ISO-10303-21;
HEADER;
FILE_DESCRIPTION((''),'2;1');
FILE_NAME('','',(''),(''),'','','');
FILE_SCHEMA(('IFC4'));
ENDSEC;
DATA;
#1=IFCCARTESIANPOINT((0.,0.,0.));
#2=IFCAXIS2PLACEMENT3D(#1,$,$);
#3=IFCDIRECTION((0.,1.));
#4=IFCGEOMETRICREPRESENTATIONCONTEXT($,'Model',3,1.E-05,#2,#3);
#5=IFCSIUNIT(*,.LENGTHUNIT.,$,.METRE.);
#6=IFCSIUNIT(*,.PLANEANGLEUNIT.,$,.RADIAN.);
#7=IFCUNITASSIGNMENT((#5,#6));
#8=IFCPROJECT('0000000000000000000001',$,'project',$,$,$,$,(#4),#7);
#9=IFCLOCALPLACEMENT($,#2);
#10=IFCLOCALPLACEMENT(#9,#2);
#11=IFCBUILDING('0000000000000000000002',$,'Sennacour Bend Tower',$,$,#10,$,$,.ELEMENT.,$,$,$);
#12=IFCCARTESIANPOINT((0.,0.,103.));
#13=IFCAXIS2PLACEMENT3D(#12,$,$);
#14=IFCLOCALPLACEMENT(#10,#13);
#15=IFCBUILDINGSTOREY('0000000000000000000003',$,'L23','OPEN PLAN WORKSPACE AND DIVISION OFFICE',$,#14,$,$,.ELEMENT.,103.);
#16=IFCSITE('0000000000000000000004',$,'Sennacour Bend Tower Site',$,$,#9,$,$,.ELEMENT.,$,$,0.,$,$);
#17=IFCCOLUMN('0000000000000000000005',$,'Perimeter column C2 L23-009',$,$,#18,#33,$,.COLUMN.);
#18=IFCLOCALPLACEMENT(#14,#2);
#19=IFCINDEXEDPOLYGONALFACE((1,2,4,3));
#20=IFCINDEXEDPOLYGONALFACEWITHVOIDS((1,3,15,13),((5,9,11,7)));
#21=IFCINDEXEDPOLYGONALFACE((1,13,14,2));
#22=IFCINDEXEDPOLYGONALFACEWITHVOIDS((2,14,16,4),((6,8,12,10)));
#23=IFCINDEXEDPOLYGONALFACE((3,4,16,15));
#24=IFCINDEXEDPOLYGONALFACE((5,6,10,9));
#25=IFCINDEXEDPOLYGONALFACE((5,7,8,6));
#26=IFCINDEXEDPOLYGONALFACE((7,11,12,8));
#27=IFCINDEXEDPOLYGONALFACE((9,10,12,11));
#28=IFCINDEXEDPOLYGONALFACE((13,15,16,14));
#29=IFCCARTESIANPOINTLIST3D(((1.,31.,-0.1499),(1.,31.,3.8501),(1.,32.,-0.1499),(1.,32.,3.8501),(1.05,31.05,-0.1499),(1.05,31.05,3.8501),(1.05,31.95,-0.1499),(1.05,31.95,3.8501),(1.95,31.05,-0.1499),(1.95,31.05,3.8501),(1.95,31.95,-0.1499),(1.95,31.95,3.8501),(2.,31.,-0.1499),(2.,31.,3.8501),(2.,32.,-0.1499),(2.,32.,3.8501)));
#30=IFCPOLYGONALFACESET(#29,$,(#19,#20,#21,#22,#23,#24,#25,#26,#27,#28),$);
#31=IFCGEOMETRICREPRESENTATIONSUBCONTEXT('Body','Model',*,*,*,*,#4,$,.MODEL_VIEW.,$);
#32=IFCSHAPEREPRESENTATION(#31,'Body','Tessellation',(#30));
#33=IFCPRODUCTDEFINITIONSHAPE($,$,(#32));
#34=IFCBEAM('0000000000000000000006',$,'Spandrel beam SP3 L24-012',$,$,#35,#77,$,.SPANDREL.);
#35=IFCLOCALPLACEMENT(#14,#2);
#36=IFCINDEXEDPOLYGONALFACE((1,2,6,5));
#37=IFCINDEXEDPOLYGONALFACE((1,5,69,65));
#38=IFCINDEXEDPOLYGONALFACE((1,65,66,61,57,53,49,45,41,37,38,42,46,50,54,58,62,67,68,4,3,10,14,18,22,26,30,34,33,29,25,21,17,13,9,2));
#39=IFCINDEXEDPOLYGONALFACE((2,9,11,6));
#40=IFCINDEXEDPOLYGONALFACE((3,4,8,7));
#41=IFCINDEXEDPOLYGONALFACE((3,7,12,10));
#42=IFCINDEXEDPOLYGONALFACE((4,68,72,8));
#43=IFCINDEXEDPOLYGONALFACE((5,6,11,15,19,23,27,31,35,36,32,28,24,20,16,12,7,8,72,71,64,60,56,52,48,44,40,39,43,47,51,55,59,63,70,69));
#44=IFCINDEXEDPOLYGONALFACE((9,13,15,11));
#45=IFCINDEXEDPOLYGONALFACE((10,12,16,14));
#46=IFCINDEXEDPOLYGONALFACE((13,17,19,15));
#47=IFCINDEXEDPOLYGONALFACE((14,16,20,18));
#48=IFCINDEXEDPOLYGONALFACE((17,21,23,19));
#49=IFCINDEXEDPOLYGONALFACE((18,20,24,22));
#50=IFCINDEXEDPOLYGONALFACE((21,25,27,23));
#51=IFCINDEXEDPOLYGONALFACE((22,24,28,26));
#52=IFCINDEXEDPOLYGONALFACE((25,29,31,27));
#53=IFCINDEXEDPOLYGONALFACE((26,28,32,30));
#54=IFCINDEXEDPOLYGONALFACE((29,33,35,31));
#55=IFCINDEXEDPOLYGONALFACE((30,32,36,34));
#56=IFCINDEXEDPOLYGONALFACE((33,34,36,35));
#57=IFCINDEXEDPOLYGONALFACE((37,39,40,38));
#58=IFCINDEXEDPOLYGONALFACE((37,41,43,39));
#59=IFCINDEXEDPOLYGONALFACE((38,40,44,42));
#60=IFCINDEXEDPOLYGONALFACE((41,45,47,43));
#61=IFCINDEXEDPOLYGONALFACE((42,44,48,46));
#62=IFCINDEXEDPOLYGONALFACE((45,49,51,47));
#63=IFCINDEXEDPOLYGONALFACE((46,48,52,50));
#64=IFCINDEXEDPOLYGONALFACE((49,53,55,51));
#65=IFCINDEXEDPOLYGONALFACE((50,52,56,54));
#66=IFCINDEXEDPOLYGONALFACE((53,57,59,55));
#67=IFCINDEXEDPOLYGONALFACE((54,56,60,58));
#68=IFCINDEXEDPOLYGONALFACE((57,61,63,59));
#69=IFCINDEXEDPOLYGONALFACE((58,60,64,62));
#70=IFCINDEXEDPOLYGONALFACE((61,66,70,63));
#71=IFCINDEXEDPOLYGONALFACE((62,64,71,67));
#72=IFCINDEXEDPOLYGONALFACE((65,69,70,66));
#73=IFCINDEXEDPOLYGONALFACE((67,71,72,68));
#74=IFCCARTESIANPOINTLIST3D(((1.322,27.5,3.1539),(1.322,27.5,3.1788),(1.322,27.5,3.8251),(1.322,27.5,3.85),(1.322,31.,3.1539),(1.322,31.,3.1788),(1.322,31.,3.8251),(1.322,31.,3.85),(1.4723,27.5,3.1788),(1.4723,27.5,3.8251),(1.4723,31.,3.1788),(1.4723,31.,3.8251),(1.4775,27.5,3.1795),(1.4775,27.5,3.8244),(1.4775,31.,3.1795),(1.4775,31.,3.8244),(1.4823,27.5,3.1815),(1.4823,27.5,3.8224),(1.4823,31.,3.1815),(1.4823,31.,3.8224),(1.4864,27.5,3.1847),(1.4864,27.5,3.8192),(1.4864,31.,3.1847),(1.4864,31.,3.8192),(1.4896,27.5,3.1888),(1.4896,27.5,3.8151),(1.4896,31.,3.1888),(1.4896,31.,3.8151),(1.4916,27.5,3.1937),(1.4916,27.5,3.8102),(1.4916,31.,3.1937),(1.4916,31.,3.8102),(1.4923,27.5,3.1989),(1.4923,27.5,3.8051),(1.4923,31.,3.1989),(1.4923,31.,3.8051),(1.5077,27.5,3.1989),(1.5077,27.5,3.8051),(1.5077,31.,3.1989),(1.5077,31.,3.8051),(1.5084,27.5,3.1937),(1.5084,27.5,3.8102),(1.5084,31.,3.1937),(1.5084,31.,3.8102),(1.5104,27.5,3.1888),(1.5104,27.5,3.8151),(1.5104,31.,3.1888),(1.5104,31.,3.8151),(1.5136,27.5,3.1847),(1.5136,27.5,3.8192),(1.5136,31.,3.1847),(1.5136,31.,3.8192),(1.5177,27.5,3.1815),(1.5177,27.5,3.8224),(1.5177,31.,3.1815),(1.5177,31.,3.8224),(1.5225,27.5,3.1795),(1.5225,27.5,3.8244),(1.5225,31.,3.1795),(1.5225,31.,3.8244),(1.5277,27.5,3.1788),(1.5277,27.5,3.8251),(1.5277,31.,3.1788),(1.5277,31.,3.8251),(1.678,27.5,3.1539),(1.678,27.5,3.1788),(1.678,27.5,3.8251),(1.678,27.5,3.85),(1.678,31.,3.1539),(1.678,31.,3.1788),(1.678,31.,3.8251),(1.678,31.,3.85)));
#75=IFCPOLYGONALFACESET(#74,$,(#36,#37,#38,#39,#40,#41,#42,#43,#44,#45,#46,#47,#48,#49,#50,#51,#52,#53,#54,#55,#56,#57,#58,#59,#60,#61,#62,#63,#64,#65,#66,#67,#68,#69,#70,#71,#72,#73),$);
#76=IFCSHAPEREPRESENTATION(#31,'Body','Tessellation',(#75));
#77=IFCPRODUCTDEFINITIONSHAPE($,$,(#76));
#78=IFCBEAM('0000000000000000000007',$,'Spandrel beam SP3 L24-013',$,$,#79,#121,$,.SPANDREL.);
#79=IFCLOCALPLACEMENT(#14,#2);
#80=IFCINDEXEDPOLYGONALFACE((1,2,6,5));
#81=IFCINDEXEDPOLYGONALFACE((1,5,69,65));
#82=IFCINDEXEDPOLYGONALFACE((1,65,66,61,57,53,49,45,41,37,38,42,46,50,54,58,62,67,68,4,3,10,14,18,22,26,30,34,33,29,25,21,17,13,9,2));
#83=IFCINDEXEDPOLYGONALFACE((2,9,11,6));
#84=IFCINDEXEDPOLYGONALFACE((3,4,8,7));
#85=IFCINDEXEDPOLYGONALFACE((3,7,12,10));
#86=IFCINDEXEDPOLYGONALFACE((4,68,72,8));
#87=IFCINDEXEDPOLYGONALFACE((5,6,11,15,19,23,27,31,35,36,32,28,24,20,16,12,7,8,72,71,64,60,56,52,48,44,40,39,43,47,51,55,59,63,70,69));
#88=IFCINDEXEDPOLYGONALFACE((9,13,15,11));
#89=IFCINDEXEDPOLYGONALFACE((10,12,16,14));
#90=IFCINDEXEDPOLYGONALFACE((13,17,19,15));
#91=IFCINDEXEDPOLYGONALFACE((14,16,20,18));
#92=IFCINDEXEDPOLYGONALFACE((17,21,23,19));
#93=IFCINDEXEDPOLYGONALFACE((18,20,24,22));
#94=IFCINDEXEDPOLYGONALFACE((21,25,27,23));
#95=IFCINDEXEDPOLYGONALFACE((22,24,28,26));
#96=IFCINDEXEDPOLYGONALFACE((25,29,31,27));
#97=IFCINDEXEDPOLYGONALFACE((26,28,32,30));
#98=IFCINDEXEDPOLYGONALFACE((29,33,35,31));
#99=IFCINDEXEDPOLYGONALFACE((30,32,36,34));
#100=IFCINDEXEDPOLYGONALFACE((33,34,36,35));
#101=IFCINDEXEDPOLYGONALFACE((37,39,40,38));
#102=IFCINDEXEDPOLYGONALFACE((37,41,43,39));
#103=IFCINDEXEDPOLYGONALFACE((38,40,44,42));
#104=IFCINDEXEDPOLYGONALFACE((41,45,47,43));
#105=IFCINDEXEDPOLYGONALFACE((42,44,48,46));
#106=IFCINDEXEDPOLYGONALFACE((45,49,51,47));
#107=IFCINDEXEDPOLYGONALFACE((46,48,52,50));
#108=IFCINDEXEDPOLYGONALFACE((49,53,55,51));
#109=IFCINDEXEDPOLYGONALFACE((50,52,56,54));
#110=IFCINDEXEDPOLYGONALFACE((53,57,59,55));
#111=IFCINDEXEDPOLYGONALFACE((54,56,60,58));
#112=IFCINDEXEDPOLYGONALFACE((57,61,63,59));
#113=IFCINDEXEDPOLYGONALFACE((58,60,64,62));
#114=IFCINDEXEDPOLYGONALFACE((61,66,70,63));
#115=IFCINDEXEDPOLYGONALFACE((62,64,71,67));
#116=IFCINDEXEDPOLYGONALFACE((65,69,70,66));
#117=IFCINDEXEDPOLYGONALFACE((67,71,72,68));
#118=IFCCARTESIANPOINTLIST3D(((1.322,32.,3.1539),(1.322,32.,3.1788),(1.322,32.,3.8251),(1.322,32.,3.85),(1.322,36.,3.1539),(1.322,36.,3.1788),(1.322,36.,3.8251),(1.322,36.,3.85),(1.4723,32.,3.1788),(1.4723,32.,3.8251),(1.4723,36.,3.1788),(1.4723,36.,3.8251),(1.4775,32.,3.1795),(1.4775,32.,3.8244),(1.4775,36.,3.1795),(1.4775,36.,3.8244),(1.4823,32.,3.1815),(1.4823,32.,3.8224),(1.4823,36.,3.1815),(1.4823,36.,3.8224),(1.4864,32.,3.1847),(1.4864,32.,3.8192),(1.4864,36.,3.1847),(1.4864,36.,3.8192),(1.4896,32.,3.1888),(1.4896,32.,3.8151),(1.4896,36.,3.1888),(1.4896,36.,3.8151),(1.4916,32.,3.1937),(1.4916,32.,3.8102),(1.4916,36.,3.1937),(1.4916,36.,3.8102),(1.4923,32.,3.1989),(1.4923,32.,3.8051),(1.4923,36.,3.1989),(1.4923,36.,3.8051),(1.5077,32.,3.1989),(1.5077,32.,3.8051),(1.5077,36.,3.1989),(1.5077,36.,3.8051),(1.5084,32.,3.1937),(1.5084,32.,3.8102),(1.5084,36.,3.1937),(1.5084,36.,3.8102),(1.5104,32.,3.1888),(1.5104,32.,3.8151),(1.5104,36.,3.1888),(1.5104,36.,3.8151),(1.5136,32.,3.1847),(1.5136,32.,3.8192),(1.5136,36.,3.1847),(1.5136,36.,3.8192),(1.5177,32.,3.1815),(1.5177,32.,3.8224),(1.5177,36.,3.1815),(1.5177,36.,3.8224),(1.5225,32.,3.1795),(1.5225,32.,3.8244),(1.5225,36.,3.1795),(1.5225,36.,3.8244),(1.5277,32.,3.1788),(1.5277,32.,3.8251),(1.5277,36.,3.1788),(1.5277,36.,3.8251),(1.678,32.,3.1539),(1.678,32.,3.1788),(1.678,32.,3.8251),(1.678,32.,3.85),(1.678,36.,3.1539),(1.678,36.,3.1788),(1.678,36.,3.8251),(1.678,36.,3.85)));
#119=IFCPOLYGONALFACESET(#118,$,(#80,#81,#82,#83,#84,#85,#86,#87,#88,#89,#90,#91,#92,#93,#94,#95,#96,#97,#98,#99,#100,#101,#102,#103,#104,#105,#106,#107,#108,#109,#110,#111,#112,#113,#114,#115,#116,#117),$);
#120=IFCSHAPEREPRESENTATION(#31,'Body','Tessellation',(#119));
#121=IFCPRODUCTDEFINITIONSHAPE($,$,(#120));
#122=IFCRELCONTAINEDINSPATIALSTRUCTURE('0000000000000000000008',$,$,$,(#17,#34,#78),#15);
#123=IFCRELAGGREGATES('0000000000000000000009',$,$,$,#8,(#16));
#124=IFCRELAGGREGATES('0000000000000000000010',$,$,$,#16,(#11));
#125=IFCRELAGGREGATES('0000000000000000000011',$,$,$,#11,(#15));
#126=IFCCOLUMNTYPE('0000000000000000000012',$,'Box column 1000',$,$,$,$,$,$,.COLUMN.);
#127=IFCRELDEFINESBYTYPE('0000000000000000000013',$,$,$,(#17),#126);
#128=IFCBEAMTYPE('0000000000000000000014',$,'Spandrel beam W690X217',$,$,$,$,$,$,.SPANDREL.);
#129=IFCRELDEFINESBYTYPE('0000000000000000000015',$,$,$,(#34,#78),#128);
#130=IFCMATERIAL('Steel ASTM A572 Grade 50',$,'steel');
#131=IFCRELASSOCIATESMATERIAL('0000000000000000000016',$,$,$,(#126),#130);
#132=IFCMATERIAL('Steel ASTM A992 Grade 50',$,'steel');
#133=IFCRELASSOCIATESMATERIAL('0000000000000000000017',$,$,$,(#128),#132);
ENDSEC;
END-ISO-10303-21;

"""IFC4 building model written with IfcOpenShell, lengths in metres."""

from ifc_helpers import new_model, si_unit, direction, frame, origin, origin_2d, place, context, subcontext, project, spatial, hollow_rectangle, i_section, extrude, material, material_profile, profile_set, type_object, element, save


model = new_model("IFC4")

# Units and contexts
model_context = context("Model", 3, precision=1e-05, world=origin(), true_north=direction((0.0, 1.0)))
body_context = subcontext(model_context, "Body", "Model", "MODEL_VIEW")
ifc_project = project(units=[si_unit("LENGTHUNIT", "METRE"), si_unit("PLANEANGLEUNIT", "RADIAN")], contexts=[model_context])

# Site, building, storey
site_placement = place(None, origin())
site = spatial("IfcSite", under=ifc_project, at=site_placement, Name="Sennacour Bend Tower Site", CompositionType="ELEMENT", RefElevation=0.0)
building_placement = place(site_placement, origin())
building = spatial("IfcBuilding", under=site, at=building_placement, Name="Sennacour Bend Tower", CompositionType="ELEMENT")
storey_placement = place(building_placement, frame((0.0, 0.0, 103.0)))
storey = spatial("IfcBuildingStorey", under=building, at=storey_placement, Name="L23", Description="OPEN PLAN WORKSPACE AND DIVISION OFFICE", CompositionType="ELEMENT", Elevation=103.0)

# Column
ifc_material_1 = material(Name="Steel ASTM A572 Grade 50", Category="steel")
ifc_material_profile_1 = material_profile(ifc_material_1, hollow_rectangle(XDim=1.0, YDim=1.0, WallThickness=0.05, at=origin_2d()), Name="Steel ASTM A572 Grade 50", Category="steel")
ifc_profile_set_1 = profile_set([ifc_material_profile_1], Name="Steel ASTM A572 Grade 50")
column_type = type_object("IfcColumnType", Name="Box column 1000", PredefinedType="COLUMN", material=ifc_profile_set_1)
column_placement = place(storey_placement, frame((1.5, 31.5, -0.1499), z_axis=(0.0, 0.0, 1.0), x_axis=(1.0, 0.0, 0.0)))
element("IfcColumn", 1, at=column_placement, inside=storey, type_object=column_type, Name="Perimeter column C2 L23-009", PredefinedType="COLUMN", context=body_context, shape_type="SweptSolid", body=[
    extrude(hollow_rectangle(XDim=1.0, YDim=1.0, WallThickness=0.05, at=origin_2d()), origin(), (0.0, 0.0, 1.0), 4.0),
])

# Beams
ifc_material_2 = material(Name="Steel ASTM A992 Grade 50", Category="steel")
ifc_material_profile_2 = material_profile(ifc_material_2, i_section(OverallWidth=0.356, OverallDepth=0.696, WebThickness=0.0154, FlangeThickness=0.0249, FilletRadius=0.02, at=origin_2d()), Name="Steel ASTM A992 Grade 50", Category="steel")
ifc_profile_set_2 = profile_set([ifc_material_profile_2], Name="Steel ASTM A992 Grade 50")
beam_type = type_object("IfcBeamType", Name="Spandrel beam W690X217", PredefinedType="SPANDREL", material=ifc_profile_set_2)
beam_1_placement = place(storey_placement, frame((1.5, 27.5, 3.502), z_axis=(0.0, 1.0, 0.0), x_axis=(-1.0, 0.0, 0.0)))
element("IfcBeam", 2, at=beam_1_placement, inside=storey, type_object=beam_type, Name="Spandrel beam SP3 L24-012", PredefinedType="SPANDREL", context=body_context, shape_type="SweptSolid", body=[
    extrude(i_section(OverallWidth=0.356, OverallDepth=0.696, WebThickness=0.0154, FlangeThickness=0.0249, FilletRadius=0.02, at=origin_2d()), origin(), (0.0, 0.0, 1.0), 3.5),
])
beam_2_placement = place(storey_placement, frame((1.5, 32.0, 3.502), z_axis=(0.0, 1.0, 0.0), x_axis=(-1.0, 0.0, 0.0)))
element("IfcBeam", 3, at=beam_2_placement, inside=storey, type_object=beam_type, Name="Spandrel beam SP3 L24-013", PredefinedType="SPANDREL", context=body_context, shape_type="SweptSolid", body=[
    extrude(i_section(OverallWidth=0.356, OverallDepth=0.696, WebThickness=0.0154, FlangeThickness=0.0249, FilletRadius=0.02, at=origin_2d()), origin(), (0.0, 0.0, 1.0), 4.0),
])

save(model, "model.ifc")
